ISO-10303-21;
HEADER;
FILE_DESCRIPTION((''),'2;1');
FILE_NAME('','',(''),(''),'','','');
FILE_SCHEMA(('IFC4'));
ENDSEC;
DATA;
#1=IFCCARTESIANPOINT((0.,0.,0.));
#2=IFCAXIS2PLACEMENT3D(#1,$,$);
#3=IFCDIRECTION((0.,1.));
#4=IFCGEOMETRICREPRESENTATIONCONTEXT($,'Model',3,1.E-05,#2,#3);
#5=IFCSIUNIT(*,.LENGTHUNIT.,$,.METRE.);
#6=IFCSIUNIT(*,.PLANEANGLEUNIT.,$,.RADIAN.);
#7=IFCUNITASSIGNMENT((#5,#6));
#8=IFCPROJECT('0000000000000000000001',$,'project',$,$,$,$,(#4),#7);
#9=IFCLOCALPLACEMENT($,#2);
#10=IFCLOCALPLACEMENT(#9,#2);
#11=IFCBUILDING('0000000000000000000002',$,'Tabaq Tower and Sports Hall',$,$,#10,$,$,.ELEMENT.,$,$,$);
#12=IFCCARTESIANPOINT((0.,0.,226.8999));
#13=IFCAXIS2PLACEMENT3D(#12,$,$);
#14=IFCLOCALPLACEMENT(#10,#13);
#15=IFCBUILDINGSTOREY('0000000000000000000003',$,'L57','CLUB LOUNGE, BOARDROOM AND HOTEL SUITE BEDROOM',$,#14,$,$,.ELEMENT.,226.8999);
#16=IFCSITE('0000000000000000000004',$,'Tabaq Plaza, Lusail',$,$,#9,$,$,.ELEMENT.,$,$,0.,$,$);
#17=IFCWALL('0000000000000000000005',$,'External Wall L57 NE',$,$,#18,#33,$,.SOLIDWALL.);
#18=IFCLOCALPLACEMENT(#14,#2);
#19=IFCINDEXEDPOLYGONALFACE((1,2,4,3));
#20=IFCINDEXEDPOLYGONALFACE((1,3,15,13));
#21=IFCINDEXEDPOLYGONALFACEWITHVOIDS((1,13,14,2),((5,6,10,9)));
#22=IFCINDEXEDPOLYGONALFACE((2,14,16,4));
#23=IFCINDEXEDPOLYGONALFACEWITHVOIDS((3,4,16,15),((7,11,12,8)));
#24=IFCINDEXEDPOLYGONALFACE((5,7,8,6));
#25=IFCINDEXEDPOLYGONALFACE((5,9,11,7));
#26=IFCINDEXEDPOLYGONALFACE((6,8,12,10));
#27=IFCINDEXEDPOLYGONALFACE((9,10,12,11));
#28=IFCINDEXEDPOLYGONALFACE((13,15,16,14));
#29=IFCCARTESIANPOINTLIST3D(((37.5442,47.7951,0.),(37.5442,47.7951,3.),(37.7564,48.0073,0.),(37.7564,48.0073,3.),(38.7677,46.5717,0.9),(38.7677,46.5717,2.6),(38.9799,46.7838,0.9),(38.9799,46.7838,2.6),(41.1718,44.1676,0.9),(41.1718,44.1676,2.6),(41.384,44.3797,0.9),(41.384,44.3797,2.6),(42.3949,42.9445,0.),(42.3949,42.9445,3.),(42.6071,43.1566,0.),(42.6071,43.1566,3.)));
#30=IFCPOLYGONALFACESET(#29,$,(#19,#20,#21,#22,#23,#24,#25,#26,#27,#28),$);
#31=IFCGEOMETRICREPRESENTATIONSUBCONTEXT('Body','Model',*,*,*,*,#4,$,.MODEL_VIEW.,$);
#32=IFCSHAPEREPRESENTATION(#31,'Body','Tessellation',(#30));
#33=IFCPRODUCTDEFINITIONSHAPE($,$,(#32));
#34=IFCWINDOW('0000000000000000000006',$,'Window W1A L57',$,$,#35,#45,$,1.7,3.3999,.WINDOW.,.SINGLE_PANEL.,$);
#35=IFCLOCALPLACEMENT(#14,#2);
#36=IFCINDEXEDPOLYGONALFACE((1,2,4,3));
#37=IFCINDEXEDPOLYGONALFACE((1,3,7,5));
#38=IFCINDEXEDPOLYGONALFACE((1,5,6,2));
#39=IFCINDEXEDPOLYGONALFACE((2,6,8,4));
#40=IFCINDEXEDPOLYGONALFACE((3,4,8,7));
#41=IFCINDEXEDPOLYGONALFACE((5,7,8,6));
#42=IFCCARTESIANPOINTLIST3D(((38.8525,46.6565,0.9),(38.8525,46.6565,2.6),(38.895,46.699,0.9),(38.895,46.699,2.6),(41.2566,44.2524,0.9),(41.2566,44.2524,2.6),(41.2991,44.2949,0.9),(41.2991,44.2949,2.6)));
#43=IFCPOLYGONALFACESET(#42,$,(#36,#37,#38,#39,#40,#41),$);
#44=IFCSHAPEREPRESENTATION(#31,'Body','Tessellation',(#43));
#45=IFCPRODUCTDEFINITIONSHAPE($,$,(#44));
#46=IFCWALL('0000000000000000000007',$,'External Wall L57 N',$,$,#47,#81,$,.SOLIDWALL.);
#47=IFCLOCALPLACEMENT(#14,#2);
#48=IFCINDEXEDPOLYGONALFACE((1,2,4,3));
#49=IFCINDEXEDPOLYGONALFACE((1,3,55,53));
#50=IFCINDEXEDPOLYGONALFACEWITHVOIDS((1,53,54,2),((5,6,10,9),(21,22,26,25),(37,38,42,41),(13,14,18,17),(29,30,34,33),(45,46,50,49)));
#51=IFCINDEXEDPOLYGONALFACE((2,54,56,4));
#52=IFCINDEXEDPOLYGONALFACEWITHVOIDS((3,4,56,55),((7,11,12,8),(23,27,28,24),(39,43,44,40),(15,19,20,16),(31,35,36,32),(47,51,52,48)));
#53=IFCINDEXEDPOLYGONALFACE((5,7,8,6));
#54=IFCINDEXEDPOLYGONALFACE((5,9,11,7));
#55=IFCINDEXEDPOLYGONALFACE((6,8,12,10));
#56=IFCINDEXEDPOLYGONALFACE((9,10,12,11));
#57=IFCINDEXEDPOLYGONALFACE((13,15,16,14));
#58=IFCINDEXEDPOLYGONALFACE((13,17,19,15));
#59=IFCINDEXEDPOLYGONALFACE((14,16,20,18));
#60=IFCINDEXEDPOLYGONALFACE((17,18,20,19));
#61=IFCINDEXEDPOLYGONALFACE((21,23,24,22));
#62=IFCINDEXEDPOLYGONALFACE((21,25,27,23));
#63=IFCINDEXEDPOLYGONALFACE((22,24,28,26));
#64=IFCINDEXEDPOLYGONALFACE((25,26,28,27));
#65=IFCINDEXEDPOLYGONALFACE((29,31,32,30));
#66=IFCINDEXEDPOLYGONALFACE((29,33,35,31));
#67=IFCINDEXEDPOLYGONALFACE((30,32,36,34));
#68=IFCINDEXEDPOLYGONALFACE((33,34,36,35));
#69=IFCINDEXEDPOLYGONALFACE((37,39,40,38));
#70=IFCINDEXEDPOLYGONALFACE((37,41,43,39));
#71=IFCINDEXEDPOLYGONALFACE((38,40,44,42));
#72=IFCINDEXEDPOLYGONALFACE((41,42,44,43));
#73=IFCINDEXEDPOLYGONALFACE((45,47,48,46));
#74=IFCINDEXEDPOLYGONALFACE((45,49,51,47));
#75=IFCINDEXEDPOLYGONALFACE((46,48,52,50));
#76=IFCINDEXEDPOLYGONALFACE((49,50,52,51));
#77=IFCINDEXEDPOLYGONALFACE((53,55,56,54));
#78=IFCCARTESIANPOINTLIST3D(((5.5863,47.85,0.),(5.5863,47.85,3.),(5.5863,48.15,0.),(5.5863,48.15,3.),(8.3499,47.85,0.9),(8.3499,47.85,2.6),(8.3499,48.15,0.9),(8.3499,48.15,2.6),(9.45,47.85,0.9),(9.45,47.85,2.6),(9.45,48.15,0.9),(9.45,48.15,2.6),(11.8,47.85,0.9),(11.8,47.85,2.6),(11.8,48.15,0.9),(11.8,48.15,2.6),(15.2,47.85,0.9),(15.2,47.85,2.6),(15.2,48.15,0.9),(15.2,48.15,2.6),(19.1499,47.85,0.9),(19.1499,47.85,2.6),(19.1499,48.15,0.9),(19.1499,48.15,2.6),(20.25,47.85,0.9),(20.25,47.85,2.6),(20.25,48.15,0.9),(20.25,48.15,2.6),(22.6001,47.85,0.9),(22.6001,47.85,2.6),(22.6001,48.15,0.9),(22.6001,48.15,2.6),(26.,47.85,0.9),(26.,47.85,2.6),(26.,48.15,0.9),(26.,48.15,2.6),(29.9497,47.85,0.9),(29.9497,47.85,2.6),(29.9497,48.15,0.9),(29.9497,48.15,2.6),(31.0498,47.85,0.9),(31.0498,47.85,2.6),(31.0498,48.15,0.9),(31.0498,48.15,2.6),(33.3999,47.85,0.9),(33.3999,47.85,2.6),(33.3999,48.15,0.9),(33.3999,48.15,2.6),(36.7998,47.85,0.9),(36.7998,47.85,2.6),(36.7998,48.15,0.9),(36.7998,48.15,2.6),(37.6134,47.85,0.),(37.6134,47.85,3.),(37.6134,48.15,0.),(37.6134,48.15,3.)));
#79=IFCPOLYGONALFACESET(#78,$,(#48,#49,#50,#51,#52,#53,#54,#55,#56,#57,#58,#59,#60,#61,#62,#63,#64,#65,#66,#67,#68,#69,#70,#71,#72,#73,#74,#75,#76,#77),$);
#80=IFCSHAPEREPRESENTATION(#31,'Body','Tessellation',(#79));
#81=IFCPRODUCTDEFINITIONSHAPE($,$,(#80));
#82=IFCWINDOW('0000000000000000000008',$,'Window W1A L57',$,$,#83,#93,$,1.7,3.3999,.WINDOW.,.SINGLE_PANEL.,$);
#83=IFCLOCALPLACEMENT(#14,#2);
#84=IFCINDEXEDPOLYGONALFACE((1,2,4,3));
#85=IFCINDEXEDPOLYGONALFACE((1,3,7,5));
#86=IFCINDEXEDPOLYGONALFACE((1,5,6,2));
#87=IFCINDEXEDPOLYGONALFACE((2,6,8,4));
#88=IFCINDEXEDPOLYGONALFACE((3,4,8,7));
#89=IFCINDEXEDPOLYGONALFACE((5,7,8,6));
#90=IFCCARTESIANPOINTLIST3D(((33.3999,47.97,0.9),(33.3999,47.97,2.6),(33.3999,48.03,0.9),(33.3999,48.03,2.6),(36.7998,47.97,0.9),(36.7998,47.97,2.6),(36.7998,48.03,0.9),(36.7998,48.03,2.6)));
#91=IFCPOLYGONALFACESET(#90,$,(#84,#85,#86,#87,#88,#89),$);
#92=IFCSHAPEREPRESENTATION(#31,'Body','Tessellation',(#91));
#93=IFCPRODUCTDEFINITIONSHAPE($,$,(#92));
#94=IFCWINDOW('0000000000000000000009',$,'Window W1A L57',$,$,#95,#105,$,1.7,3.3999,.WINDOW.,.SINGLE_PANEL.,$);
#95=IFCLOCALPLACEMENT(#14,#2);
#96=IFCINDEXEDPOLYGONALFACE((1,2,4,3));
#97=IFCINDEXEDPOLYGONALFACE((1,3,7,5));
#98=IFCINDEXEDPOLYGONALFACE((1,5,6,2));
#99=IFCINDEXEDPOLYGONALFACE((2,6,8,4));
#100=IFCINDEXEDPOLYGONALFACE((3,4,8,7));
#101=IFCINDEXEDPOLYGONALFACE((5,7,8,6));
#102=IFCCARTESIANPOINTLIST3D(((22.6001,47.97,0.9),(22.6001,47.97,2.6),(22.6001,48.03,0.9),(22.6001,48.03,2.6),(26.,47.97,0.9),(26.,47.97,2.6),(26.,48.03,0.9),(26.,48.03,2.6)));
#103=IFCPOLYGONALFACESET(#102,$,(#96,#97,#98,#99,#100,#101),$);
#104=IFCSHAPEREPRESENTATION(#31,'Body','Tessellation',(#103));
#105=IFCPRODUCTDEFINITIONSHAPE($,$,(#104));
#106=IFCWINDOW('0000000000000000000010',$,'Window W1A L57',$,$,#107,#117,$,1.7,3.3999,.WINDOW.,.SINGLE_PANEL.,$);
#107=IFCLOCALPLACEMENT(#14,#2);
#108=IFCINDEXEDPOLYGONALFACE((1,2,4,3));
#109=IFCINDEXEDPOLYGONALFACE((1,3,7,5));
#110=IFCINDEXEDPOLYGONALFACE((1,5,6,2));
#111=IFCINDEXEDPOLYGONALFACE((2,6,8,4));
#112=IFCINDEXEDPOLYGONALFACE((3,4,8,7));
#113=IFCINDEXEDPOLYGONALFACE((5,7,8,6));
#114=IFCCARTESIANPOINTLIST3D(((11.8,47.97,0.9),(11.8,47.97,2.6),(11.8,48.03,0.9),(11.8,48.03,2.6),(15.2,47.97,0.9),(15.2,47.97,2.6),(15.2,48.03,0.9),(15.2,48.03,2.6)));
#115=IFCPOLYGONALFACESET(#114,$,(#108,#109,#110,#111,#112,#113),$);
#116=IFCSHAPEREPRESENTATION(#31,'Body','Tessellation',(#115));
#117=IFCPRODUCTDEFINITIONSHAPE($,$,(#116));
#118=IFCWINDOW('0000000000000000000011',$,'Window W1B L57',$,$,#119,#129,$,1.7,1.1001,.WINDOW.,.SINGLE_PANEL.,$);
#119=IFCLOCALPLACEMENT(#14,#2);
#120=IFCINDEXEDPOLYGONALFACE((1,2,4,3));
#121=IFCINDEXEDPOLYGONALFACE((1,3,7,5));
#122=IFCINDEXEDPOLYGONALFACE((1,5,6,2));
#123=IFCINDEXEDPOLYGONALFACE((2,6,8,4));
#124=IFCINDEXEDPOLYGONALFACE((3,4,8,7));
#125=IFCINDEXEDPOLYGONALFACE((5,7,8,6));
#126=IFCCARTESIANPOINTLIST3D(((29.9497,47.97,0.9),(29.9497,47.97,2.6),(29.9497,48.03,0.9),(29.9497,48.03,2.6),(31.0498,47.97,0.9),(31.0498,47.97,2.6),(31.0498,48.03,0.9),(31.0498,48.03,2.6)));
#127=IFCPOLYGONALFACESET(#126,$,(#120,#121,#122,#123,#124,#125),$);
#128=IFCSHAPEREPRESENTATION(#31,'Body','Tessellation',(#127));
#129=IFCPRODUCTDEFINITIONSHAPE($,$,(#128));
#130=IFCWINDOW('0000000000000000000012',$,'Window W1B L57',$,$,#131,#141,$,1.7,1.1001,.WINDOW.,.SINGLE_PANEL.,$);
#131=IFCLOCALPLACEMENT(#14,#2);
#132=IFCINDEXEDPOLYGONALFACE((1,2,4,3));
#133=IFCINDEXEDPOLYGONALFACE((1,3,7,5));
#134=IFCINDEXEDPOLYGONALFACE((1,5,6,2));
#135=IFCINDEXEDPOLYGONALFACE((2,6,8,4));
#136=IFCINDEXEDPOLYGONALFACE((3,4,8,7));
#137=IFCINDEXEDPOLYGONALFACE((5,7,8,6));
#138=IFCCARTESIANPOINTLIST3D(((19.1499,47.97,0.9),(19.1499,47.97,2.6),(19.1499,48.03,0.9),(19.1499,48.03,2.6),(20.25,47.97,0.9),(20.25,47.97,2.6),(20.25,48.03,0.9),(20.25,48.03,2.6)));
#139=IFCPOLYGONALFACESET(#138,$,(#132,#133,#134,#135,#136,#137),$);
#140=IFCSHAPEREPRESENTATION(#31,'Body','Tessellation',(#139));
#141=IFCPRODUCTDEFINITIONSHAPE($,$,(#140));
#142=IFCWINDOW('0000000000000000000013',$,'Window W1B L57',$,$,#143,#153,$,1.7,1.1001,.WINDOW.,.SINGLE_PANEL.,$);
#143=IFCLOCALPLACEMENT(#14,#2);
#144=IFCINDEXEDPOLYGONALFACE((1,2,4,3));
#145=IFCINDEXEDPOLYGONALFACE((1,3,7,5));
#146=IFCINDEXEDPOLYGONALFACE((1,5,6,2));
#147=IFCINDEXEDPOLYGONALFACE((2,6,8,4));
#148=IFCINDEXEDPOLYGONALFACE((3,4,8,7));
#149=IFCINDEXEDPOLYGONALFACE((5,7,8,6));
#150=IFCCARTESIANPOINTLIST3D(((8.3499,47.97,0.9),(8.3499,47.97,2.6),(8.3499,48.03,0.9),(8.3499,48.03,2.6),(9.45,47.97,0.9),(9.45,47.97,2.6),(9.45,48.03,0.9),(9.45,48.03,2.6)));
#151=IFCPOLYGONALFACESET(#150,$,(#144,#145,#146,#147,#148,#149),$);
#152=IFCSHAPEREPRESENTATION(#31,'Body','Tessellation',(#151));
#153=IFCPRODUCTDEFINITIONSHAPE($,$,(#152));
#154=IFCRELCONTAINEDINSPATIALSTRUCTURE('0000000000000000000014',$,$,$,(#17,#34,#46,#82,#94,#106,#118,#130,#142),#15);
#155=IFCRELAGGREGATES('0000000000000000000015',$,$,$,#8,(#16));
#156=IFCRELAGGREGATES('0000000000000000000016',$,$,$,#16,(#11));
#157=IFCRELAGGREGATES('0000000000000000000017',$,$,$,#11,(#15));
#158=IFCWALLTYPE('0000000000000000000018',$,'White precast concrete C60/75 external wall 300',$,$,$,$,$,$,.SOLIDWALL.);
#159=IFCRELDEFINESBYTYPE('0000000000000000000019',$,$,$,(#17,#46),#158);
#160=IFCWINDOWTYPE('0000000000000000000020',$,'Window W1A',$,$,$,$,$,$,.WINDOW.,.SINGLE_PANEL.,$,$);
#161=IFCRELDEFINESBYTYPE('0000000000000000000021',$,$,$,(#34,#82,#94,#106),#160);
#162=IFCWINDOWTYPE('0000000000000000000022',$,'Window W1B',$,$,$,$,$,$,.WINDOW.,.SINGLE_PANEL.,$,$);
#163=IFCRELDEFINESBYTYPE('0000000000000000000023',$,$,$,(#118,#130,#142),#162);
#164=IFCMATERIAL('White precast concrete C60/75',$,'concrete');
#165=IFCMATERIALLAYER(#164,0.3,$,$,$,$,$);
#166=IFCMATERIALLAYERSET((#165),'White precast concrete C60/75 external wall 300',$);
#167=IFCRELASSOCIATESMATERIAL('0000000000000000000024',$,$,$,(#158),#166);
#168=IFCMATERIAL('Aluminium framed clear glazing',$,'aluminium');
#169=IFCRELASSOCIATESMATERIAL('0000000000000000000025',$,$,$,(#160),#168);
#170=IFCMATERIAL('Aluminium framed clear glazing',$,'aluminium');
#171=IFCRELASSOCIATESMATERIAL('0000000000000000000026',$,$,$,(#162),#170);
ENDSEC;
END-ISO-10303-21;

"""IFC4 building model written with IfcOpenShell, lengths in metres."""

from ifc_helpers import new_model, si_unit, direction, frame, frame_2d, origin, place, context, subcontext, project, spatial, rectangle, extrude, material, layer, layer_set, type_object, element, fill, save


model = new_model("IFC4")

# Units and contexts
model_context = context("Model", 3, precision=1e-05, world=origin(), true_north=direction((0.0, 1.0)))
body_context = subcontext(model_context, "Body", "Model", "MODEL_VIEW")
ifc_project = project(units=[si_unit("LENGTHUNIT", "METRE"), si_unit("PLANEANGLEUNIT", "RADIAN")], contexts=[model_context])

# Site, building, storey
site_placement = place(None, origin())
site = spatial("IfcSite", under=ifc_project, at=site_placement, Name="Tabaq Plaza, Lusail", CompositionType="ELEMENT", RefElevation=0.0)
building_placement = place(site_placement, origin())
building = spatial("IfcBuilding", under=site, at=building_placement, Name="Tabaq Tower and Sports Hall", CompositionType="ELEMENT")
storey_placement = place(building_placement, frame((0.0, 0.0, 226.8999)))
storey = spatial("IfcBuildingStorey", under=building, at=storey_placement, Name="L57", Description="CLUB LOUNGE, BOARDROOM AND HOTEL SUITE BEDROOM", CompositionType="ELEMENT", Elevation=226.8999)

# Wall, opening, window
ifc_material_1 = material(Name="White precast concrete C60/75", Category="concrete")
ifc_layer_1 = layer(ifc_material_1, 0.3)
ifc_layer_set_1 = layer_set([ifc_layer_1], Name="White precast concrete C60/75 external wall 300")
wall_type_1 = type_object("IfcWallType", Name="White precast concrete C60/75 external wall 300", PredefinedType="SOLIDWALL", material=ifc_layer_set_1)
wall_1_placement = place(storey_placement, frame((42.501, 43.0505, 0.0), z_axis=(0.0, 0.0, 1.0), x_axis=(-0.707107, 0.707107, 0.0)))
wall_1 = element("IfcWall", 1, at=wall_1_placement, inside=storey, type_object=wall_type_1, Name="External Wall L57 NE", PredefinedType="SOLIDWALL", context=body_context, shape_type="SweptSolid", body=[
    extrude(rectangle(XDim=6.8599, YDim=0.3, at=frame_2d((3.4299, 0.0))), origin(), (0.0, 0.0, 1.0), 3.0),
])
opening_1_placement = place(wall_1_placement, frame((1.7297, 0.0, 0.8999)))
opening_1 = element("IfcOpeningElement", 2, at=opening_1_placement, cuts=wall_1, PredefinedType="OPENING", context=body_context, shape_type="SweptSolid", body=[
    extrude(rectangle(XDim=3.3999, YDim=1.7, at=frame_2d((1.7, 0.8501))), frame((0.0, 0.1602, 0.0), z_axis=(0.0, -1.0, 0.0), x_axis=(1.0, 0.0, 0.0)), (0.0, 0.0, 1.0), 0.3201),
])
ifc_material_2 = material(Name="Aluminium framed clear glazing", Category="aluminium")
window_type_1 = type_object("IfcWindowType", Name="Window W1A", PartitioningType="SINGLE_PANEL", PredefinedType="WINDOW", material=ifc_material_2)
window_1_placement = place(opening_1_placement, origin())
window_1 = element("IfcWindow", 3, at=window_1_placement, inside=storey, type_object=window_type_1, Name="Window W1A L57", OverallHeight=1.7, OverallWidth=3.3999, PartitioningType="SINGLE_PANEL", PredefinedType="WINDOW", context=body_context, shape_type="SweptSolid", body=[
    extrude(rectangle(XDim=3.3999, YDim=1.7, at=frame_2d((1.7, 0.8501))), frame((0.0, 0.03, 0.0), z_axis=(0.0, -1.0, 0.0), x_axis=(1.0, 0.0, 0.0)), (0.0, 0.0, 1.0), 0.0601),
])
fill(opening_1, window_1)

# Wall, openings, windows
wall_2_placement = place(storey_placement, frame((37.6135, 48.0, 0.0), z_axis=(0.0, 0.0, 1.0), x_axis=(-1.0, 0.0, 0.0)))
wall_2 = element("IfcWall", 4, at=wall_2_placement, inside=storey, type_object=wall_type_1, Name="External Wall L57 N", PredefinedType="SOLIDWALL", context=body_context, shape_type="SweptSolid", body=[
    extrude(rectangle(XDim=32.0271, YDim=0.3, at=frame_2d((16.0137, 0.0))), origin(), (0.0, 0.0, 1.0), 3.0),
])
opening_2_placement = place(wall_2_placement, frame((0.8137, 0.0, 0.8999)))
opening_2 = element("IfcOpeningElement", 5, at=opening_2_placement, cuts=wall_2, PredefinedType="OPENING", context=body_context, shape_type="SweptSolid", body=[
    extrude(rectangle(XDim=3.3999, YDim=1.7, at=frame_2d((1.7, 0.8501))), frame((0.0, 0.1602, 0.0), z_axis=(0.0, -1.0, 0.0), x_axis=(1.0, 0.0, 0.0)), (0.0, 0.0, 1.0), 0.3201),
])
opening_3_placement = place(wall_2_placement, frame((6.5637, 0.0, 0.8999)))
opening_3 = element("IfcOpeningElement", 6, at=opening_3_placement, cuts=wall_2, PredefinedType="OPENING", context=body_context, shape_type="SweptSolid", body=[
    extrude(rectangle(XDim=1.1001, YDim=1.7, at=frame_2d((0.55, 0.8501))), frame((0.0, 0.1602, 0.0), z_axis=(0.0, -1.0, 0.0), x_axis=(1.0, 0.0, 0.0)), (0.0, 0.0, 1.0), 0.3201),
])
opening_4_placement = place(wall_2_placement, frame((11.6135, 0.0, 0.8999)))
opening_4 = element("IfcOpeningElement", 7, at=opening_4_placement, cuts=wall_2, PredefinedType="OPENING", context=body_context, shape_type="SweptSolid", body=[
    extrude(rectangle(XDim=3.3999, YDim=1.7, at=frame_2d((1.7, 0.8501))), frame((0.0, 0.1602, 0.0), z_axis=(0.0, -1.0, 0.0), x_axis=(1.0, 0.0, 0.0)), (0.0, 0.0, 1.0), 0.3201),
])
opening_5_placement = place(wall_2_placement, frame((17.3635, 0.0, 0.8999)))
opening_5 = element("IfcOpeningElement", 8, at=opening_5_placement, cuts=wall_2, PredefinedType="OPENING", context=body_context, shape_type="SweptSolid", body=[
    extrude(rectangle(XDim=1.1001, YDim=1.7, at=frame_2d((0.55, 0.8501))), frame((0.0, 0.1602, 0.0), z_axis=(0.0, -1.0, 0.0), x_axis=(1.0, 0.0, 0.0)), (0.0, 0.0, 1.0), 0.3201),
])
opening_6_placement = place(wall_2_placement, frame((22.4136, 0.0, 0.8999)))
opening_6 = element("IfcOpeningElement", 9, at=opening_6_placement, cuts=wall_2, PredefinedType="OPENING", context=body_context, shape_type="SweptSolid", body=[
    extrude(rectangle(XDim=3.3999, YDim=1.7, at=frame_2d((1.7, 0.8501))), frame((0.0, 0.1602, 0.0), z_axis=(0.0, -1.0, 0.0), x_axis=(1.0, 0.0, 0.0)), (0.0, 0.0, 1.0), 0.3201),
])
opening_7_placement = place(wall_2_placement, frame((28.1636, 0.0, 0.8999)))
opening_7 = element("IfcOpeningElement", 10, at=opening_7_placement, cuts=wall_2, PredefinedType="OPENING", context=body_context, shape_type="SweptSolid", body=[
    extrude(rectangle(XDim=1.1001, YDim=1.7, at=frame_2d((0.55, 0.8501))), frame((0.0, 0.1602, 0.0), z_axis=(0.0, -1.0, 0.0), x_axis=(1.0, 0.0, 0.0)), (0.0, 0.0, 1.0), 0.3201),
])
window_2_placement = place(opening_2_placement, origin())
window_2 = element("IfcWindow", 11, at=window_2_placement, inside=storey, type_object=window_type_1, Name="Window W1A L57", OverallHeight=1.7, OverallWidth=3.3999, PartitioningType="SINGLE_PANEL", PredefinedType="WINDOW", context=body_context, shape_type="SweptSolid", body=[
    extrude(rectangle(XDim=3.3999, YDim=1.7, at=frame_2d((1.7, 0.8501))), frame((0.0, 0.03, 0.0), z_axis=(0.0, -1.0, 0.0), x_axis=(1.0, 0.0, 0.0)), (0.0, 0.0, 1.0), 0.0601),
])
fill(opening_2, window_2)
window_3_placement = place(opening_4_placement, origin())
window_3 = element("IfcWindow", 12, at=window_3_placement, inside=storey, type_object=window_type_1, Name="Window W1A L57", OverallHeight=1.7, OverallWidth=3.3999, PartitioningType="SINGLE_PANEL", PredefinedType="WINDOW", context=body_context, shape_type="SweptSolid", body=[
    extrude(rectangle(XDim=3.3999, YDim=1.7, at=frame_2d((1.7, 0.8501))), frame((0.0, 0.03, 0.0), z_axis=(0.0, -1.0, 0.0), x_axis=(1.0, 0.0, 0.0)), (0.0, 0.0, 1.0), 0.0601),
])
fill(opening_4, window_3)
window_4_placement = place(opening_6_placement, origin())
window_4 = element("IfcWindow", 13, at=window_4_placement, inside=storey, type_object=window_type_1, Name="Window W1A L57", OverallHeight=1.7, OverallWidth=3.3999, PartitioningType="SINGLE_PANEL", PredefinedType="WINDOW", context=body_context, shape_type="SweptSolid", body=[
    extrude(rectangle(XDim=3.3999, YDim=1.7, at=frame_2d((1.7, 0.8501))), frame((0.0, 0.03, 0.0), z_axis=(0.0, -1.0, 0.0), x_axis=(1.0, 0.0, 0.0)), (0.0, 0.0, 1.0), 0.0601),
])
fill(opening_6, window_4)
ifc_material_3 = material(Name="Aluminium framed clear glazing", Category="aluminium")
window_type_2 = type_object("IfcWindowType", Name="Window W1B", PartitioningType="SINGLE_PANEL", PredefinedType="WINDOW", material=ifc_material_3)
window_5_placement = place(opening_3_placement, origin())
window_5 = element("IfcWindow", 14, at=window_5_placement, inside=storey, type_object=window_type_2, Name="Window W1B L57", OverallHeight=1.7, OverallWidth=1.1001, PartitioningType="SINGLE_PANEL", PredefinedType="WINDOW", context=body_context, shape_type="SweptSolid", body=[
    extrude(rectangle(XDim=1.1001, YDim=1.7, at=frame_2d((0.55, 0.8501))), frame((0.0, 0.03, 0.0), z_axis=(0.0, -1.0, 0.0), x_axis=(1.0, 0.0, 0.0)), (0.0, 0.0, 1.0), 0.0601),
])
fill(opening_3, window_5)
window_6_placement = place(opening_5_placement, origin())
window_6 = element("IfcWindow", 15, at=window_6_placement, inside=storey, type_object=window_type_2, Name="Window W1B L57", OverallHeight=1.7, OverallWidth=1.1001, PartitioningType="SINGLE_PANEL", PredefinedType="WINDOW", context=body_context, shape_type="SweptSolid", body=[
    extrude(rectangle(XDim=1.1001, YDim=1.7, at=frame_2d((0.55, 0.8501))), frame((0.0, 0.03, 0.0), z_axis=(0.0, -1.0, 0.0), x_axis=(1.0, 0.0, 0.0)), (0.0, 0.0, 1.0), 0.0601),
])
fill(opening_5, window_6)
window_7_placement = place(opening_7_placement, origin())
window_7 = element("IfcWindow", 16, at=window_7_placement, inside=storey, type_object=window_type_2, Name="Window W1B L57", OverallHeight=1.7, OverallWidth=1.1001, PartitioningType="SINGLE_PANEL", PredefinedType="WINDOW", context=body_context, shape_type="SweptSolid", body=[
    extrude(rectangle(XDim=1.1001, YDim=1.7, at=frame_2d((0.55, 0.8501))), frame((0.0, 0.03, 0.0), z_axis=(0.0, -1.0, 0.0), x_axis=(1.0, 0.0, 0.0)), (0.0, 0.0, 1.0), 0.0601),
])
fill(opening_7, window_7)

save(model, "model.ifc")
